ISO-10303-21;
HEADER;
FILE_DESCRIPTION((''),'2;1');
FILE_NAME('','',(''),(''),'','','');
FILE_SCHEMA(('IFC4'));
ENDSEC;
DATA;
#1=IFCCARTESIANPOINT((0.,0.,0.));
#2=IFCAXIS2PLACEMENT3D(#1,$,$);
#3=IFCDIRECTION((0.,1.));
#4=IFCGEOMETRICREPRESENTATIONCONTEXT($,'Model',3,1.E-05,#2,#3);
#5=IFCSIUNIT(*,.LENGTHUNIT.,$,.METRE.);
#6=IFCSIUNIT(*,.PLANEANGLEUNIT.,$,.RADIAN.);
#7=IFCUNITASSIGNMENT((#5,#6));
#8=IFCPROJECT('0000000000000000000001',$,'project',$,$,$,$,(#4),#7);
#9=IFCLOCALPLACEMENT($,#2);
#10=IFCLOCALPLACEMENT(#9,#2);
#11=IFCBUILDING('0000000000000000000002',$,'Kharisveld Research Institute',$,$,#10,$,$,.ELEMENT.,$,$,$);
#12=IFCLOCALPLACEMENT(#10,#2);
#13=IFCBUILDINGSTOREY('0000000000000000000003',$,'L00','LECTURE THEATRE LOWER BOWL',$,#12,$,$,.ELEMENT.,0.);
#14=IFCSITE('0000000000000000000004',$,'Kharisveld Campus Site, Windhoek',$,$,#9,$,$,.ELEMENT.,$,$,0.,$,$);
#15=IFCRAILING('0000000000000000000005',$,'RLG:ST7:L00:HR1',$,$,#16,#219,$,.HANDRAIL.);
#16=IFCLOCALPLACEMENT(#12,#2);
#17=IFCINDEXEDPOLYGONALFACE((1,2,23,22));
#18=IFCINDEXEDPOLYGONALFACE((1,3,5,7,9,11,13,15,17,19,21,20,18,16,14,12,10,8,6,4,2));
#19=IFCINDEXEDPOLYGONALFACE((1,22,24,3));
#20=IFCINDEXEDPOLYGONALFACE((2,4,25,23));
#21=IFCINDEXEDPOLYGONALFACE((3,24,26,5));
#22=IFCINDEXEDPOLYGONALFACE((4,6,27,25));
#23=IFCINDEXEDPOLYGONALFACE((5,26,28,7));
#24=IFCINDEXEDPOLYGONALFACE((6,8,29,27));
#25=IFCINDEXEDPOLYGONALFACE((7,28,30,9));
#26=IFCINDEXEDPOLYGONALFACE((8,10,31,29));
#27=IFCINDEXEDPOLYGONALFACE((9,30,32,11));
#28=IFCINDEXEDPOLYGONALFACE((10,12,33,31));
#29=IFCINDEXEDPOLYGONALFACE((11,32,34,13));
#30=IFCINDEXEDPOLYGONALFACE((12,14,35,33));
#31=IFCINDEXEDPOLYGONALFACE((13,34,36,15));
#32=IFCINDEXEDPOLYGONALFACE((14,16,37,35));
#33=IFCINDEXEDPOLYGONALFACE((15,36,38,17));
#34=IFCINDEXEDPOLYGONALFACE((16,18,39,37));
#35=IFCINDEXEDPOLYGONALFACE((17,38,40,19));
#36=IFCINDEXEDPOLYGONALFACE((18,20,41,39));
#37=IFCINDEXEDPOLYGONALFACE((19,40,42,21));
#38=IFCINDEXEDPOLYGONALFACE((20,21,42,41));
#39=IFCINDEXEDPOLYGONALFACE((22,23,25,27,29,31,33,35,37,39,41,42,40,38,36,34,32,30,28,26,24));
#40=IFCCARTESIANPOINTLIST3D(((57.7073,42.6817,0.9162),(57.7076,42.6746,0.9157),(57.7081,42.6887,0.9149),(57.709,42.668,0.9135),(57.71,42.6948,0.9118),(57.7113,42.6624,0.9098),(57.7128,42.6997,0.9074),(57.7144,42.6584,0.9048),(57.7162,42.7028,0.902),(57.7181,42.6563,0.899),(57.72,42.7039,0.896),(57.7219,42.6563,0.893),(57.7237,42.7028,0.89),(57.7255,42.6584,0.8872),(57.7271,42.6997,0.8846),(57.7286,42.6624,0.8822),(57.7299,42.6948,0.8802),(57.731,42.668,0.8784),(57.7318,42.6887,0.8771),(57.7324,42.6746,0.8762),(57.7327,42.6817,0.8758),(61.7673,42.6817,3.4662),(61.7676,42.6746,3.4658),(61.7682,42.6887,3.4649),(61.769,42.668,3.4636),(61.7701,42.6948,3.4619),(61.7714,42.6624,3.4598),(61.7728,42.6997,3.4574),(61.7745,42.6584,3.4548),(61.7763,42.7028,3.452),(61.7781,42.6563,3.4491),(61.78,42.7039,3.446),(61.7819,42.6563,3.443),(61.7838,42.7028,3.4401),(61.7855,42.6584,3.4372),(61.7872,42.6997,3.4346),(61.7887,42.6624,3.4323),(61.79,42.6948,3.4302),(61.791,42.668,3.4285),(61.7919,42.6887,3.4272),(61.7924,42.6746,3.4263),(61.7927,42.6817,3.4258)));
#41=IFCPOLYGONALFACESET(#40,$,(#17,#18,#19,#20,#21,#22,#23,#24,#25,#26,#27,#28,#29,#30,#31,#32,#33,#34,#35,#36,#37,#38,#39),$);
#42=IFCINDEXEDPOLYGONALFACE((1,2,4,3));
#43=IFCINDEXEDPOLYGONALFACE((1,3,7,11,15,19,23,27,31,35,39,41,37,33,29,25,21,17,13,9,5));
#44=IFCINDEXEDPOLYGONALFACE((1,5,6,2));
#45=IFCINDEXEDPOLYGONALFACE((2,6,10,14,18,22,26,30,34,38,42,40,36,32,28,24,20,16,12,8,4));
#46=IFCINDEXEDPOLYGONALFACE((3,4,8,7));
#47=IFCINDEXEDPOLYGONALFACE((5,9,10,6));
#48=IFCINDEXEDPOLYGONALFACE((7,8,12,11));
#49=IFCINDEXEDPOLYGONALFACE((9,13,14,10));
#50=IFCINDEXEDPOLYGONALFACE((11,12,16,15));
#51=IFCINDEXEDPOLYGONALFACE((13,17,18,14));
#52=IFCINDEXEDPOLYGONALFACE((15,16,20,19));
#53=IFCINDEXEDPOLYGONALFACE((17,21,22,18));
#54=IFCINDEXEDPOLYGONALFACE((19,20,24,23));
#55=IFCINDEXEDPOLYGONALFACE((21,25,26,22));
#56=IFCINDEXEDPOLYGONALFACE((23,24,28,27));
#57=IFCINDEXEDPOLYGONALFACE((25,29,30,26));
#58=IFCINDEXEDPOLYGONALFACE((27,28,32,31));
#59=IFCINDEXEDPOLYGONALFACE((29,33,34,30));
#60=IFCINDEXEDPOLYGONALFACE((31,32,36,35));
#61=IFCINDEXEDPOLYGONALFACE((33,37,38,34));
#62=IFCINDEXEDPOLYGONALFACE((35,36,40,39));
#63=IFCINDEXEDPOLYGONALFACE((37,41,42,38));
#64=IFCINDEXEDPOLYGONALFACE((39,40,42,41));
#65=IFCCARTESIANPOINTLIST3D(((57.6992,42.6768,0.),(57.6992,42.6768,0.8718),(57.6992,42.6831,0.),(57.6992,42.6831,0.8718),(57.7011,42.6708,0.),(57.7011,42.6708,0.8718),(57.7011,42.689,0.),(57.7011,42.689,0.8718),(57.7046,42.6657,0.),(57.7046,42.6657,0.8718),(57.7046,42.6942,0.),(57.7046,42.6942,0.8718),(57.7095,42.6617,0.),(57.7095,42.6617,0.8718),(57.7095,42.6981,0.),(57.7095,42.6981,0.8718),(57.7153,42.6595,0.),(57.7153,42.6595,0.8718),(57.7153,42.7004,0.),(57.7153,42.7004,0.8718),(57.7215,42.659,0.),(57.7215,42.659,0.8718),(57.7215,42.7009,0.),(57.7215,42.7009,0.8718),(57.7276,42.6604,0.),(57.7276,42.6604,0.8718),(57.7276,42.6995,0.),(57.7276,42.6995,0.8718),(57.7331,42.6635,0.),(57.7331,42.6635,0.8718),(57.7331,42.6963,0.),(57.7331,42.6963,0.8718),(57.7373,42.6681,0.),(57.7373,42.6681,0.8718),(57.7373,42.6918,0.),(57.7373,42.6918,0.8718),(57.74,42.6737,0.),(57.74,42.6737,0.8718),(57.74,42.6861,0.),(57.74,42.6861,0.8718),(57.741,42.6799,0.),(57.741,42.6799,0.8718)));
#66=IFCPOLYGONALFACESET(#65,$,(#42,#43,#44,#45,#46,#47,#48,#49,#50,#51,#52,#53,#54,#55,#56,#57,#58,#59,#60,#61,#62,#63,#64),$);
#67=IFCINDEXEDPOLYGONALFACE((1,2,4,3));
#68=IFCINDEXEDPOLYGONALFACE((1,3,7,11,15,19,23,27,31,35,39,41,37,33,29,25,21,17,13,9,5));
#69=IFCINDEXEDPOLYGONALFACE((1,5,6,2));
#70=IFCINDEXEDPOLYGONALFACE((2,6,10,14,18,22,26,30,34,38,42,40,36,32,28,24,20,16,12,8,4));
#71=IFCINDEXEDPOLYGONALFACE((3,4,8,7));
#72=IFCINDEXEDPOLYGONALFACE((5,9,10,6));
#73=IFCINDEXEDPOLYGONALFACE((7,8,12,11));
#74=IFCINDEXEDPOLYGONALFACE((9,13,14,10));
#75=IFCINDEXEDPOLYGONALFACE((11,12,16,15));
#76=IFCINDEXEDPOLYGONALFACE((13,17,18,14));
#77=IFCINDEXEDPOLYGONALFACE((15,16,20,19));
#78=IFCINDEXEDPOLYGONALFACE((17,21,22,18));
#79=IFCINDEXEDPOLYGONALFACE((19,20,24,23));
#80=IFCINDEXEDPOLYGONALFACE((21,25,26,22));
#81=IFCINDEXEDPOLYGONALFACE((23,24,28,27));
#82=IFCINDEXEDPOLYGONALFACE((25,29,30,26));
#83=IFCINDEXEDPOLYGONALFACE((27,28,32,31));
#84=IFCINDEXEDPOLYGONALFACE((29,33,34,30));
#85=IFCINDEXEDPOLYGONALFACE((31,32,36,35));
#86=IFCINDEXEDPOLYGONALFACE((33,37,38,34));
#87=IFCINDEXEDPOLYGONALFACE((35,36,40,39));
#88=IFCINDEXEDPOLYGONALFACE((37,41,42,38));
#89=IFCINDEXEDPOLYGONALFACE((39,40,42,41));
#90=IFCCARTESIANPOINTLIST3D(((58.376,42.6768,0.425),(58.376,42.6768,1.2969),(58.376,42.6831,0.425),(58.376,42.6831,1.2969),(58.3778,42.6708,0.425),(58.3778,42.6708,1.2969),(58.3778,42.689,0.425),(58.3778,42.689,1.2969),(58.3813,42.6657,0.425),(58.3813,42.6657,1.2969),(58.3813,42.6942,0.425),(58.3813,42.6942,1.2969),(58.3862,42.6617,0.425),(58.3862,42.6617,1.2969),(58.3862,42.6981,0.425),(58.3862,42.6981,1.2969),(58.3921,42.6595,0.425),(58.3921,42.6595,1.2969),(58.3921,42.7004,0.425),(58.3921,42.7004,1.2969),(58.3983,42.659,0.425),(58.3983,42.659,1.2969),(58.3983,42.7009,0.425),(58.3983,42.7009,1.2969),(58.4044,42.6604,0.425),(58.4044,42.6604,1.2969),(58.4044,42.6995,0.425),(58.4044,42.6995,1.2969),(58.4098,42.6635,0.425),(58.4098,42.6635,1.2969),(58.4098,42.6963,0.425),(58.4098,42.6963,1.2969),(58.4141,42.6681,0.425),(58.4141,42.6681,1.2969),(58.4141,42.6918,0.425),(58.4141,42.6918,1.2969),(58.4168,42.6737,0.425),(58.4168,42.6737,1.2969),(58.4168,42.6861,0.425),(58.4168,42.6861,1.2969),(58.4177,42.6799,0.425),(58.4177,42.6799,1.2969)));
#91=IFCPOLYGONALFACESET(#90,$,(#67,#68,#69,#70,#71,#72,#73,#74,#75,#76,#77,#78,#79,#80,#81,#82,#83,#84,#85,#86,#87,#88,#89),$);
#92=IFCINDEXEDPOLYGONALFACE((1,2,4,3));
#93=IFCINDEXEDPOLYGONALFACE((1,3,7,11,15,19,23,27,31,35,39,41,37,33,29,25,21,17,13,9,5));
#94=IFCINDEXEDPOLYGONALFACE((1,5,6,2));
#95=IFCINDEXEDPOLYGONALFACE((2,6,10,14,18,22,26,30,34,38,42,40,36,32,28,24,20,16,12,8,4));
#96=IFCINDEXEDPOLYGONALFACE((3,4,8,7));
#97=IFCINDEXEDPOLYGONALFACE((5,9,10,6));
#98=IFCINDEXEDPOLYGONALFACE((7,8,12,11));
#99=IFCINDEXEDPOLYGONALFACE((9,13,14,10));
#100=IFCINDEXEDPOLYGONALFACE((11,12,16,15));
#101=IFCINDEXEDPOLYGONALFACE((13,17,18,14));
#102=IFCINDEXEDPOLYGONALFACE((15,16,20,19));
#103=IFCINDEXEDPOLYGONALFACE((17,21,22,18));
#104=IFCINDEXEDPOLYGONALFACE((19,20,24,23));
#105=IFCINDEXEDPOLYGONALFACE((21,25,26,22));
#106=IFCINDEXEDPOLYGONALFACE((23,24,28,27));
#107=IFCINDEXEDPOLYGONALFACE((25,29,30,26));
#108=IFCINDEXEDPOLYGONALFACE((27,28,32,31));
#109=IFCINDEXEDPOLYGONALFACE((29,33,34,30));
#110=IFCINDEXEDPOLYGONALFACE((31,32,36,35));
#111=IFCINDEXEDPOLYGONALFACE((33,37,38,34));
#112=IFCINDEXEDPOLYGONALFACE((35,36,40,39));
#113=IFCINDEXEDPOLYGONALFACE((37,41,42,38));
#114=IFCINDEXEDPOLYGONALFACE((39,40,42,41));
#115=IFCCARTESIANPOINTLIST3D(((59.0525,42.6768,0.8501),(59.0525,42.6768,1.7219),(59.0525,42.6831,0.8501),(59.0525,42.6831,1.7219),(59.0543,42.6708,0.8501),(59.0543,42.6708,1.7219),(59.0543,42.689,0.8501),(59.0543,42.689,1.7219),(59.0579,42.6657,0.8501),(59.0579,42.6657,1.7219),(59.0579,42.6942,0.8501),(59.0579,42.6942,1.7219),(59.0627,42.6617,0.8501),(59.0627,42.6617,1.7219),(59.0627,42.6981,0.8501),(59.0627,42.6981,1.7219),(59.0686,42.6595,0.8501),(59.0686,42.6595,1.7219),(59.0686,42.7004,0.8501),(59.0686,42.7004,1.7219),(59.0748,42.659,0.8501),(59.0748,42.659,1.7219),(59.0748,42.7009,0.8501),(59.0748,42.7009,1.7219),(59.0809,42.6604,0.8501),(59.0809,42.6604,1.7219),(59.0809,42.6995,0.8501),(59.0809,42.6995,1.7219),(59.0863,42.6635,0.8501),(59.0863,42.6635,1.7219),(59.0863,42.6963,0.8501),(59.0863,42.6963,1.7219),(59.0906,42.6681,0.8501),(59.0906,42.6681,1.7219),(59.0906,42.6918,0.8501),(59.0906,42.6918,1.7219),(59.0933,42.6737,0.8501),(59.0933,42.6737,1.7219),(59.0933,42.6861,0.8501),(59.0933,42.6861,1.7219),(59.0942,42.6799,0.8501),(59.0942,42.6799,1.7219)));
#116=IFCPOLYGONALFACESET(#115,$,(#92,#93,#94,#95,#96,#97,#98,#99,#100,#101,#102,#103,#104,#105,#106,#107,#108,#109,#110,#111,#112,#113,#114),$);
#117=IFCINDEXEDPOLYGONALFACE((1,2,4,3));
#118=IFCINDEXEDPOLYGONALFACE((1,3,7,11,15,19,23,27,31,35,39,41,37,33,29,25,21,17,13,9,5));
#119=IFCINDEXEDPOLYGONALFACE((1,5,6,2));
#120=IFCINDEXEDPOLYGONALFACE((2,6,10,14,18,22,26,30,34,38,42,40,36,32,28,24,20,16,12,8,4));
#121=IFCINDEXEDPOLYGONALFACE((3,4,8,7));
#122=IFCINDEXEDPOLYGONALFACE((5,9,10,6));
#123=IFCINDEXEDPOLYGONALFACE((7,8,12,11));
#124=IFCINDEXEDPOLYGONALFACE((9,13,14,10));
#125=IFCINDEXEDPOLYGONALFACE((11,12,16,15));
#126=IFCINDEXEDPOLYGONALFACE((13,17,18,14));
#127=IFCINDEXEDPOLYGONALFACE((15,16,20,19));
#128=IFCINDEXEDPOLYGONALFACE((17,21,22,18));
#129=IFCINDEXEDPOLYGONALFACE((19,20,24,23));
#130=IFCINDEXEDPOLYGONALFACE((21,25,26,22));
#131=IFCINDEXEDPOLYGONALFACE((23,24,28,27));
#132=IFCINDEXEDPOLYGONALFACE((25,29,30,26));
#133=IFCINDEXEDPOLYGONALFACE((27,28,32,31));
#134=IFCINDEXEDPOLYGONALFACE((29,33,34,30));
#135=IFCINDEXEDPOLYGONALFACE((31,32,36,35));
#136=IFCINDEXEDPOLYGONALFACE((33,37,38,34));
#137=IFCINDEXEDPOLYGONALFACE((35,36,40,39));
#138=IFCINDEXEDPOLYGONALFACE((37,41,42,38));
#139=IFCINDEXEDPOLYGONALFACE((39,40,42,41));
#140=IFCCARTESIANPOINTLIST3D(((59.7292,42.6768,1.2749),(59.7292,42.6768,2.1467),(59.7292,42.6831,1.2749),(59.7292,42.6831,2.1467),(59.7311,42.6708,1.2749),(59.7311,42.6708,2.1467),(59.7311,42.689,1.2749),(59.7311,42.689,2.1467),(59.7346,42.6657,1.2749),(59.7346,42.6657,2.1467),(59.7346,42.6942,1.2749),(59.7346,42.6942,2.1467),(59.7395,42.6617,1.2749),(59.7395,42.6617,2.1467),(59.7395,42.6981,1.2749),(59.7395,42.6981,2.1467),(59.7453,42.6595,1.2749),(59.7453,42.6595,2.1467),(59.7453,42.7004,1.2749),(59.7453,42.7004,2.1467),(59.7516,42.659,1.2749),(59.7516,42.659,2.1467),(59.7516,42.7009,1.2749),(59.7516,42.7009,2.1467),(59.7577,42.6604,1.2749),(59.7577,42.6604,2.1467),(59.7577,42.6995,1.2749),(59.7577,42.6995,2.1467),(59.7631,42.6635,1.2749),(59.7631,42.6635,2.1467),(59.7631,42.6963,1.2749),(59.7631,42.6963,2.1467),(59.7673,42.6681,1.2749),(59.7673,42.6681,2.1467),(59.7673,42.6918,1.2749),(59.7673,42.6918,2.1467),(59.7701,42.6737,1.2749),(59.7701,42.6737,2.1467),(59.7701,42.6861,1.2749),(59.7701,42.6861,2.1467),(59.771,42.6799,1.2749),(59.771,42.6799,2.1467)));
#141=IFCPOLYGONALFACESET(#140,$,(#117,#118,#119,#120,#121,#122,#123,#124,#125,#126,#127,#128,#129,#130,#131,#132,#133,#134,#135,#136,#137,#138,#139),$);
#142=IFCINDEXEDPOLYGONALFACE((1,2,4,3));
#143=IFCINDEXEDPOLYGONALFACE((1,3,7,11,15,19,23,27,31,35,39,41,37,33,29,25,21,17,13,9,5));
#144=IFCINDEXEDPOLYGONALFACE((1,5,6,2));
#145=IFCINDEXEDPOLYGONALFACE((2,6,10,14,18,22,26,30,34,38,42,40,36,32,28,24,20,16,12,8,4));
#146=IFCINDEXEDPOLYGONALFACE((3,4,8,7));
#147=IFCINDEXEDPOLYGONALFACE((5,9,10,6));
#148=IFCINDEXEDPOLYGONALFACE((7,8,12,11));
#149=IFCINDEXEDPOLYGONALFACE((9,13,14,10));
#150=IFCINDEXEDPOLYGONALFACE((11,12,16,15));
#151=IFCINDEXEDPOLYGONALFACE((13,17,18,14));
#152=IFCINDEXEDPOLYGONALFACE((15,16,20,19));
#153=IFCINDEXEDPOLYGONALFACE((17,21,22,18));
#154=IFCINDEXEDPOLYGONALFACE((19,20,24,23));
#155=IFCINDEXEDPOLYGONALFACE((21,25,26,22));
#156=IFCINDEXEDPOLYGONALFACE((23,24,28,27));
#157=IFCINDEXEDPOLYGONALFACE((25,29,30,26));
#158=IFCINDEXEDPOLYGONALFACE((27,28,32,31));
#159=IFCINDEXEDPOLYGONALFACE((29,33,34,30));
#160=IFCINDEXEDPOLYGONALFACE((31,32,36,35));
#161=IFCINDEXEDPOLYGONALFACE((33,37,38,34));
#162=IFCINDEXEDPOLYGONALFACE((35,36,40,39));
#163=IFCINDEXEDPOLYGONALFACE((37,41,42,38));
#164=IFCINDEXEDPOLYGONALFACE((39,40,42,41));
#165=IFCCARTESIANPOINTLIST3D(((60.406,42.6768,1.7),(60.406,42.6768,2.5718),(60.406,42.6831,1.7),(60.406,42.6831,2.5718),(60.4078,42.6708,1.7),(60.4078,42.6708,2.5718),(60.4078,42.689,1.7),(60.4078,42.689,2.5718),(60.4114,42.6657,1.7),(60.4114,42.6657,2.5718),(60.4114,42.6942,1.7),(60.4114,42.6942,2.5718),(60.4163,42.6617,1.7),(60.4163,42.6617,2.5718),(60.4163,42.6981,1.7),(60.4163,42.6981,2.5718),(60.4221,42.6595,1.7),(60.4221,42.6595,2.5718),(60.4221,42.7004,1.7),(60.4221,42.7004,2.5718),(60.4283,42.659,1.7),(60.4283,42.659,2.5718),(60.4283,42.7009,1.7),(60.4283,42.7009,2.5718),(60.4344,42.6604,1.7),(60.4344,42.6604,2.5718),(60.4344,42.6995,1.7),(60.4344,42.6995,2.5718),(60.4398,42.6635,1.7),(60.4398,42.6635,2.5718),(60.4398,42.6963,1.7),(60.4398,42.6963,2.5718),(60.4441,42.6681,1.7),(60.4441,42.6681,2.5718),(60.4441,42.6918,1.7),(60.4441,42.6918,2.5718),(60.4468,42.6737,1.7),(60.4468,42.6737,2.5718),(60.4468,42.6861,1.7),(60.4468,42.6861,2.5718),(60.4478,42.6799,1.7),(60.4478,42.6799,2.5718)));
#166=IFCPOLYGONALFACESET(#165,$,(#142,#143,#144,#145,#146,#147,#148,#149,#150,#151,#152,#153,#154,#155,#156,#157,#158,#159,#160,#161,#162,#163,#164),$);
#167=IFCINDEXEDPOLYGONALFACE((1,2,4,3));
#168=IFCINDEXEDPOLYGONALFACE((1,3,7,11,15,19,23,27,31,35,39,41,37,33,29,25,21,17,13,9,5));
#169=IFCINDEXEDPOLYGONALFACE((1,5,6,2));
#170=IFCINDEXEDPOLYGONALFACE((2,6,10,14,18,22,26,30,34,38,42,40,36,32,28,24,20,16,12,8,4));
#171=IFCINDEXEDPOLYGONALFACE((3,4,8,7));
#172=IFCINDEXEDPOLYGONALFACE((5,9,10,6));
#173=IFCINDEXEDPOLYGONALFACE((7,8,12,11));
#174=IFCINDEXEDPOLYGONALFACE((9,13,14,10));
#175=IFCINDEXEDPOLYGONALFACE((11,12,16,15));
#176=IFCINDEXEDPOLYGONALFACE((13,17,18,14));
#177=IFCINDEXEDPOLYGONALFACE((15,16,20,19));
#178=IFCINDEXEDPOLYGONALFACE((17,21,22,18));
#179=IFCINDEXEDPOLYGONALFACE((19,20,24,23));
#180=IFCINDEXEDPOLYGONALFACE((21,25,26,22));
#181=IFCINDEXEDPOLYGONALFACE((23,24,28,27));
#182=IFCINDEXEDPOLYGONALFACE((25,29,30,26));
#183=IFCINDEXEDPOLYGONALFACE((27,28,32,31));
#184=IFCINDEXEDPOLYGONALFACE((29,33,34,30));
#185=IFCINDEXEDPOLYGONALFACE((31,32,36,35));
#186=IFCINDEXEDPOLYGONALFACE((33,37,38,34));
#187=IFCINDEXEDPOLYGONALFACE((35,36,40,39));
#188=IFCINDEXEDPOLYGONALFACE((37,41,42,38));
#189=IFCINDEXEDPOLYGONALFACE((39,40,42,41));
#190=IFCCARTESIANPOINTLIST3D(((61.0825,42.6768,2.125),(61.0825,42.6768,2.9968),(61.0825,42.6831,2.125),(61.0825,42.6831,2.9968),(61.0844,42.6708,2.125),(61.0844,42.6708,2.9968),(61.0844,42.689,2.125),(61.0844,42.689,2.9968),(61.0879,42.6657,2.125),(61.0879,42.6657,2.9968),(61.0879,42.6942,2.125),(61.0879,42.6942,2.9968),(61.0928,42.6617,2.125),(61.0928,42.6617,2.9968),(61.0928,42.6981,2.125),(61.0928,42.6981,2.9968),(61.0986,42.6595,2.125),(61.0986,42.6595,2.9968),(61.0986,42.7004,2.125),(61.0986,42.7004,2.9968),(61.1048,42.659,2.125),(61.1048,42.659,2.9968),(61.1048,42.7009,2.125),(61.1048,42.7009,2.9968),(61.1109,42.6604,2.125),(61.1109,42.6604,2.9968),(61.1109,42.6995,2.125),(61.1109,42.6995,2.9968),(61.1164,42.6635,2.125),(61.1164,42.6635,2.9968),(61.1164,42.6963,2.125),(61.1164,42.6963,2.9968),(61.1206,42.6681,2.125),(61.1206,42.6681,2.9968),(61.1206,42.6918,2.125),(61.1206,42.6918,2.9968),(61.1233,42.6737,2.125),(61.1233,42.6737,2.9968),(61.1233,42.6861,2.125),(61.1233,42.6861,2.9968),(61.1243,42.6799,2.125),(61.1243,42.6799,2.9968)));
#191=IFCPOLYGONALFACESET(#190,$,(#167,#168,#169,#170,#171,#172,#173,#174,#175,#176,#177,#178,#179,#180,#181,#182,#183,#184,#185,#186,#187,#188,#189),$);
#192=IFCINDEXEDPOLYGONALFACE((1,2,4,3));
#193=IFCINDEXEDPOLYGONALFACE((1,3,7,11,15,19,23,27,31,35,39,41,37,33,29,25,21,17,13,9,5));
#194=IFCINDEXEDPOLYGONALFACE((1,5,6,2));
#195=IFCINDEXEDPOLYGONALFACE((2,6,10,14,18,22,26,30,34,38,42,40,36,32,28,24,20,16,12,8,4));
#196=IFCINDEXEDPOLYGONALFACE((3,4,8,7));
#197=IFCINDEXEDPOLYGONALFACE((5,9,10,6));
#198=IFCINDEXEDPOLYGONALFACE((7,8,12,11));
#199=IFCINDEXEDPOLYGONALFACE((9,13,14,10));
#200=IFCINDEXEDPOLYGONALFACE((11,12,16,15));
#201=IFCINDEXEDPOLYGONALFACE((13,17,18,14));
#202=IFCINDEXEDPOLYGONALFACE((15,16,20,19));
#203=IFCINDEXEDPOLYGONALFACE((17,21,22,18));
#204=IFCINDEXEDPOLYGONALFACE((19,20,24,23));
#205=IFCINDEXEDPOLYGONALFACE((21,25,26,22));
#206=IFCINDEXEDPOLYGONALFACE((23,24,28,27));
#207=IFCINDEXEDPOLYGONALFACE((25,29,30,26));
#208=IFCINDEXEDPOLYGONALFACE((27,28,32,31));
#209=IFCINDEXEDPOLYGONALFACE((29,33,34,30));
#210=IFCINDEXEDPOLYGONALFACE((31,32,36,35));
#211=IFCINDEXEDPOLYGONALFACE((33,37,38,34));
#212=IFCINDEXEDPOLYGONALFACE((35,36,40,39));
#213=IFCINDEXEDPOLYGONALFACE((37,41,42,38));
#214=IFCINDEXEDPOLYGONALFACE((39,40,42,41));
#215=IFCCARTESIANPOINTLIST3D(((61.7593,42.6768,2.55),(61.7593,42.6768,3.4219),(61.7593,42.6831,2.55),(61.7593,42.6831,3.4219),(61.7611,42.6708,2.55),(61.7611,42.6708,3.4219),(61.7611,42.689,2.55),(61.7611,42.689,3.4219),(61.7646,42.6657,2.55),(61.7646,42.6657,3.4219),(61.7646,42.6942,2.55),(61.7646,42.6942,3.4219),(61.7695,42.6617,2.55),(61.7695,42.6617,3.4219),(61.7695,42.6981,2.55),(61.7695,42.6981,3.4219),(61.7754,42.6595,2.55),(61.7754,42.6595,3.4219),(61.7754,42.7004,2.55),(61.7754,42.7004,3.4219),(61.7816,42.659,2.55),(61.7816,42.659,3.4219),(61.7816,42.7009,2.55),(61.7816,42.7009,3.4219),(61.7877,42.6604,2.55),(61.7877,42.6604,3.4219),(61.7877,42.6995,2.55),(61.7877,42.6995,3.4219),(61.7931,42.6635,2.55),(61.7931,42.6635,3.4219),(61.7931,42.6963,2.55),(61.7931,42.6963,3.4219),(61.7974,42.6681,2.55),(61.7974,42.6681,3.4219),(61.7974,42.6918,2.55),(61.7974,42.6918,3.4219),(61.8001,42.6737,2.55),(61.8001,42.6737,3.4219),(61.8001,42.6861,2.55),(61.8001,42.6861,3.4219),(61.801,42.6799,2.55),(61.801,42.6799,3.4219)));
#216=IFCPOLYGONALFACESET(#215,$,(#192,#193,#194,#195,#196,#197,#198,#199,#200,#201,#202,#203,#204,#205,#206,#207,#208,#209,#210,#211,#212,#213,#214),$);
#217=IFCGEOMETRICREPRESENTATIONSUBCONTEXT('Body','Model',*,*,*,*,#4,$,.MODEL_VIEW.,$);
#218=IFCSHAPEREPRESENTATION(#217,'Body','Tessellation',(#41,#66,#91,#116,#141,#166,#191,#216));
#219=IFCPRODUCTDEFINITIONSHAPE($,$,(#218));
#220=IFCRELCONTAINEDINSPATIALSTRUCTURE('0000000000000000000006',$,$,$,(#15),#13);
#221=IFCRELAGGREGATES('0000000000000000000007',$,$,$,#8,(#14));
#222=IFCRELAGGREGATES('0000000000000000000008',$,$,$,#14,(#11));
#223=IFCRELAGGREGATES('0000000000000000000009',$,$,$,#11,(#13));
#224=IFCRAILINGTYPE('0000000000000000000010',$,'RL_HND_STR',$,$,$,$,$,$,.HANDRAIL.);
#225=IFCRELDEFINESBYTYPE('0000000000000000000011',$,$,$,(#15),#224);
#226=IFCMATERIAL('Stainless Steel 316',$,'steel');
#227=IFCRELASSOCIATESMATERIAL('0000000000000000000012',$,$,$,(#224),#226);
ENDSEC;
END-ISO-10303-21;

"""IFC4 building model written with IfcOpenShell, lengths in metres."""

from ifc_helpers import new_model, si_unit, direction, frame, origin, origin_2d, place, context, subcontext, project, spatial, circle, extrude, material, type_object, element, save


model = new_model("IFC4")

# Units and contexts
model_context = context("Model", 3, precision=1e-05, world=origin(), true_north=direction((0.0, 1.0)))
body_context = subcontext(model_context, "Body", "Model", "MODEL_VIEW")
ifc_project = project(units=[si_unit("LENGTHUNIT", "METRE"), si_unit("PLANEANGLEUNIT", "RADIAN")], contexts=[model_context])

# Site, building, storey
site_placement = place(None, origin())
site = spatial("IfcSite", under=ifc_project, at=site_placement, Name="Kharisveld Campus Site, Windhoek", CompositionType="ELEMENT", RefElevation=0.0)
building_placement = place(site_placement, origin())
building = spatial("IfcBuilding", under=site, at=building_placement, Name="Kharisveld Research Institute", CompositionType="ELEMENT")
storey_placement = place(building_placement, origin())
storey = spatial("IfcBuildingStorey", under=building, at=storey_placement, Name="L00", Description="LECTURE THEATRE LOWER BOWL", CompositionType="ELEMENT", Elevation=0.0)

# Railing
ifc_material_1 = material(Name="Stainless Steel 316", Category="steel")
railing_type_1 = type_object("IfcRailingType", Name="RL_HND_STR", PredefinedType="HANDRAIL", material=ifc_material_1)
railing_1_placement = place(storey_placement, frame((57.72, 42.6799, 0.0)))
element("IfcRailing", 1, at=railing_1_placement, inside=storey, type_object=railing_type_1, Name="RLG:ST7:L00:HR1", PredefinedType="HANDRAIL", context=body_context, shape_type="SweptSolid", body=[
    extrude(circle(Radius=0.0239, at=origin_2d()), frame((0.0, 0.0, 0.896), z_axis=(0.846823, 0.0, 0.531874), x_axis=(0.0, 1.0, 0.0)), (0.0, 0.0, 1.0), 4.7944),
    extrude(circle(Radius=0.021, at=origin_2d()), origin(), (0.0, 0.0, 1.0), 0.8718),
    extrude(circle(Radius=0.021, at=origin_2d()), frame((0.6768, 0.0, 0.425)), (0.0, 0.0, 1.0), 0.8718),
    extrude(circle(Radius=0.021, at=origin_2d()), frame((1.3533, 0.0, 0.8501)), (0.0, 0.0, 1.0), 0.8718),
    extrude(circle(Radius=0.021, at=origin_2d()), frame((2.03, 0.0, 1.2749)), (0.0, 0.0, 1.0), 0.8718),
    extrude(circle(Radius=0.021, at=origin_2d()), frame((2.7068, 0.0, 1.7)), (0.0, 0.0, 1.0), 0.8718),
    extrude(circle(Radius=0.021, at=origin_2d()), frame((3.3833, 0.0, 2.125)), (0.0, 0.0, 1.0), 0.8718),
    extrude(circle(Radius=0.021, at=origin_2d()), frame((4.0601, 0.0, 2.55)), (0.0, 0.0, 1.0), 0.8718),
])

save(model, "model.ifc")
